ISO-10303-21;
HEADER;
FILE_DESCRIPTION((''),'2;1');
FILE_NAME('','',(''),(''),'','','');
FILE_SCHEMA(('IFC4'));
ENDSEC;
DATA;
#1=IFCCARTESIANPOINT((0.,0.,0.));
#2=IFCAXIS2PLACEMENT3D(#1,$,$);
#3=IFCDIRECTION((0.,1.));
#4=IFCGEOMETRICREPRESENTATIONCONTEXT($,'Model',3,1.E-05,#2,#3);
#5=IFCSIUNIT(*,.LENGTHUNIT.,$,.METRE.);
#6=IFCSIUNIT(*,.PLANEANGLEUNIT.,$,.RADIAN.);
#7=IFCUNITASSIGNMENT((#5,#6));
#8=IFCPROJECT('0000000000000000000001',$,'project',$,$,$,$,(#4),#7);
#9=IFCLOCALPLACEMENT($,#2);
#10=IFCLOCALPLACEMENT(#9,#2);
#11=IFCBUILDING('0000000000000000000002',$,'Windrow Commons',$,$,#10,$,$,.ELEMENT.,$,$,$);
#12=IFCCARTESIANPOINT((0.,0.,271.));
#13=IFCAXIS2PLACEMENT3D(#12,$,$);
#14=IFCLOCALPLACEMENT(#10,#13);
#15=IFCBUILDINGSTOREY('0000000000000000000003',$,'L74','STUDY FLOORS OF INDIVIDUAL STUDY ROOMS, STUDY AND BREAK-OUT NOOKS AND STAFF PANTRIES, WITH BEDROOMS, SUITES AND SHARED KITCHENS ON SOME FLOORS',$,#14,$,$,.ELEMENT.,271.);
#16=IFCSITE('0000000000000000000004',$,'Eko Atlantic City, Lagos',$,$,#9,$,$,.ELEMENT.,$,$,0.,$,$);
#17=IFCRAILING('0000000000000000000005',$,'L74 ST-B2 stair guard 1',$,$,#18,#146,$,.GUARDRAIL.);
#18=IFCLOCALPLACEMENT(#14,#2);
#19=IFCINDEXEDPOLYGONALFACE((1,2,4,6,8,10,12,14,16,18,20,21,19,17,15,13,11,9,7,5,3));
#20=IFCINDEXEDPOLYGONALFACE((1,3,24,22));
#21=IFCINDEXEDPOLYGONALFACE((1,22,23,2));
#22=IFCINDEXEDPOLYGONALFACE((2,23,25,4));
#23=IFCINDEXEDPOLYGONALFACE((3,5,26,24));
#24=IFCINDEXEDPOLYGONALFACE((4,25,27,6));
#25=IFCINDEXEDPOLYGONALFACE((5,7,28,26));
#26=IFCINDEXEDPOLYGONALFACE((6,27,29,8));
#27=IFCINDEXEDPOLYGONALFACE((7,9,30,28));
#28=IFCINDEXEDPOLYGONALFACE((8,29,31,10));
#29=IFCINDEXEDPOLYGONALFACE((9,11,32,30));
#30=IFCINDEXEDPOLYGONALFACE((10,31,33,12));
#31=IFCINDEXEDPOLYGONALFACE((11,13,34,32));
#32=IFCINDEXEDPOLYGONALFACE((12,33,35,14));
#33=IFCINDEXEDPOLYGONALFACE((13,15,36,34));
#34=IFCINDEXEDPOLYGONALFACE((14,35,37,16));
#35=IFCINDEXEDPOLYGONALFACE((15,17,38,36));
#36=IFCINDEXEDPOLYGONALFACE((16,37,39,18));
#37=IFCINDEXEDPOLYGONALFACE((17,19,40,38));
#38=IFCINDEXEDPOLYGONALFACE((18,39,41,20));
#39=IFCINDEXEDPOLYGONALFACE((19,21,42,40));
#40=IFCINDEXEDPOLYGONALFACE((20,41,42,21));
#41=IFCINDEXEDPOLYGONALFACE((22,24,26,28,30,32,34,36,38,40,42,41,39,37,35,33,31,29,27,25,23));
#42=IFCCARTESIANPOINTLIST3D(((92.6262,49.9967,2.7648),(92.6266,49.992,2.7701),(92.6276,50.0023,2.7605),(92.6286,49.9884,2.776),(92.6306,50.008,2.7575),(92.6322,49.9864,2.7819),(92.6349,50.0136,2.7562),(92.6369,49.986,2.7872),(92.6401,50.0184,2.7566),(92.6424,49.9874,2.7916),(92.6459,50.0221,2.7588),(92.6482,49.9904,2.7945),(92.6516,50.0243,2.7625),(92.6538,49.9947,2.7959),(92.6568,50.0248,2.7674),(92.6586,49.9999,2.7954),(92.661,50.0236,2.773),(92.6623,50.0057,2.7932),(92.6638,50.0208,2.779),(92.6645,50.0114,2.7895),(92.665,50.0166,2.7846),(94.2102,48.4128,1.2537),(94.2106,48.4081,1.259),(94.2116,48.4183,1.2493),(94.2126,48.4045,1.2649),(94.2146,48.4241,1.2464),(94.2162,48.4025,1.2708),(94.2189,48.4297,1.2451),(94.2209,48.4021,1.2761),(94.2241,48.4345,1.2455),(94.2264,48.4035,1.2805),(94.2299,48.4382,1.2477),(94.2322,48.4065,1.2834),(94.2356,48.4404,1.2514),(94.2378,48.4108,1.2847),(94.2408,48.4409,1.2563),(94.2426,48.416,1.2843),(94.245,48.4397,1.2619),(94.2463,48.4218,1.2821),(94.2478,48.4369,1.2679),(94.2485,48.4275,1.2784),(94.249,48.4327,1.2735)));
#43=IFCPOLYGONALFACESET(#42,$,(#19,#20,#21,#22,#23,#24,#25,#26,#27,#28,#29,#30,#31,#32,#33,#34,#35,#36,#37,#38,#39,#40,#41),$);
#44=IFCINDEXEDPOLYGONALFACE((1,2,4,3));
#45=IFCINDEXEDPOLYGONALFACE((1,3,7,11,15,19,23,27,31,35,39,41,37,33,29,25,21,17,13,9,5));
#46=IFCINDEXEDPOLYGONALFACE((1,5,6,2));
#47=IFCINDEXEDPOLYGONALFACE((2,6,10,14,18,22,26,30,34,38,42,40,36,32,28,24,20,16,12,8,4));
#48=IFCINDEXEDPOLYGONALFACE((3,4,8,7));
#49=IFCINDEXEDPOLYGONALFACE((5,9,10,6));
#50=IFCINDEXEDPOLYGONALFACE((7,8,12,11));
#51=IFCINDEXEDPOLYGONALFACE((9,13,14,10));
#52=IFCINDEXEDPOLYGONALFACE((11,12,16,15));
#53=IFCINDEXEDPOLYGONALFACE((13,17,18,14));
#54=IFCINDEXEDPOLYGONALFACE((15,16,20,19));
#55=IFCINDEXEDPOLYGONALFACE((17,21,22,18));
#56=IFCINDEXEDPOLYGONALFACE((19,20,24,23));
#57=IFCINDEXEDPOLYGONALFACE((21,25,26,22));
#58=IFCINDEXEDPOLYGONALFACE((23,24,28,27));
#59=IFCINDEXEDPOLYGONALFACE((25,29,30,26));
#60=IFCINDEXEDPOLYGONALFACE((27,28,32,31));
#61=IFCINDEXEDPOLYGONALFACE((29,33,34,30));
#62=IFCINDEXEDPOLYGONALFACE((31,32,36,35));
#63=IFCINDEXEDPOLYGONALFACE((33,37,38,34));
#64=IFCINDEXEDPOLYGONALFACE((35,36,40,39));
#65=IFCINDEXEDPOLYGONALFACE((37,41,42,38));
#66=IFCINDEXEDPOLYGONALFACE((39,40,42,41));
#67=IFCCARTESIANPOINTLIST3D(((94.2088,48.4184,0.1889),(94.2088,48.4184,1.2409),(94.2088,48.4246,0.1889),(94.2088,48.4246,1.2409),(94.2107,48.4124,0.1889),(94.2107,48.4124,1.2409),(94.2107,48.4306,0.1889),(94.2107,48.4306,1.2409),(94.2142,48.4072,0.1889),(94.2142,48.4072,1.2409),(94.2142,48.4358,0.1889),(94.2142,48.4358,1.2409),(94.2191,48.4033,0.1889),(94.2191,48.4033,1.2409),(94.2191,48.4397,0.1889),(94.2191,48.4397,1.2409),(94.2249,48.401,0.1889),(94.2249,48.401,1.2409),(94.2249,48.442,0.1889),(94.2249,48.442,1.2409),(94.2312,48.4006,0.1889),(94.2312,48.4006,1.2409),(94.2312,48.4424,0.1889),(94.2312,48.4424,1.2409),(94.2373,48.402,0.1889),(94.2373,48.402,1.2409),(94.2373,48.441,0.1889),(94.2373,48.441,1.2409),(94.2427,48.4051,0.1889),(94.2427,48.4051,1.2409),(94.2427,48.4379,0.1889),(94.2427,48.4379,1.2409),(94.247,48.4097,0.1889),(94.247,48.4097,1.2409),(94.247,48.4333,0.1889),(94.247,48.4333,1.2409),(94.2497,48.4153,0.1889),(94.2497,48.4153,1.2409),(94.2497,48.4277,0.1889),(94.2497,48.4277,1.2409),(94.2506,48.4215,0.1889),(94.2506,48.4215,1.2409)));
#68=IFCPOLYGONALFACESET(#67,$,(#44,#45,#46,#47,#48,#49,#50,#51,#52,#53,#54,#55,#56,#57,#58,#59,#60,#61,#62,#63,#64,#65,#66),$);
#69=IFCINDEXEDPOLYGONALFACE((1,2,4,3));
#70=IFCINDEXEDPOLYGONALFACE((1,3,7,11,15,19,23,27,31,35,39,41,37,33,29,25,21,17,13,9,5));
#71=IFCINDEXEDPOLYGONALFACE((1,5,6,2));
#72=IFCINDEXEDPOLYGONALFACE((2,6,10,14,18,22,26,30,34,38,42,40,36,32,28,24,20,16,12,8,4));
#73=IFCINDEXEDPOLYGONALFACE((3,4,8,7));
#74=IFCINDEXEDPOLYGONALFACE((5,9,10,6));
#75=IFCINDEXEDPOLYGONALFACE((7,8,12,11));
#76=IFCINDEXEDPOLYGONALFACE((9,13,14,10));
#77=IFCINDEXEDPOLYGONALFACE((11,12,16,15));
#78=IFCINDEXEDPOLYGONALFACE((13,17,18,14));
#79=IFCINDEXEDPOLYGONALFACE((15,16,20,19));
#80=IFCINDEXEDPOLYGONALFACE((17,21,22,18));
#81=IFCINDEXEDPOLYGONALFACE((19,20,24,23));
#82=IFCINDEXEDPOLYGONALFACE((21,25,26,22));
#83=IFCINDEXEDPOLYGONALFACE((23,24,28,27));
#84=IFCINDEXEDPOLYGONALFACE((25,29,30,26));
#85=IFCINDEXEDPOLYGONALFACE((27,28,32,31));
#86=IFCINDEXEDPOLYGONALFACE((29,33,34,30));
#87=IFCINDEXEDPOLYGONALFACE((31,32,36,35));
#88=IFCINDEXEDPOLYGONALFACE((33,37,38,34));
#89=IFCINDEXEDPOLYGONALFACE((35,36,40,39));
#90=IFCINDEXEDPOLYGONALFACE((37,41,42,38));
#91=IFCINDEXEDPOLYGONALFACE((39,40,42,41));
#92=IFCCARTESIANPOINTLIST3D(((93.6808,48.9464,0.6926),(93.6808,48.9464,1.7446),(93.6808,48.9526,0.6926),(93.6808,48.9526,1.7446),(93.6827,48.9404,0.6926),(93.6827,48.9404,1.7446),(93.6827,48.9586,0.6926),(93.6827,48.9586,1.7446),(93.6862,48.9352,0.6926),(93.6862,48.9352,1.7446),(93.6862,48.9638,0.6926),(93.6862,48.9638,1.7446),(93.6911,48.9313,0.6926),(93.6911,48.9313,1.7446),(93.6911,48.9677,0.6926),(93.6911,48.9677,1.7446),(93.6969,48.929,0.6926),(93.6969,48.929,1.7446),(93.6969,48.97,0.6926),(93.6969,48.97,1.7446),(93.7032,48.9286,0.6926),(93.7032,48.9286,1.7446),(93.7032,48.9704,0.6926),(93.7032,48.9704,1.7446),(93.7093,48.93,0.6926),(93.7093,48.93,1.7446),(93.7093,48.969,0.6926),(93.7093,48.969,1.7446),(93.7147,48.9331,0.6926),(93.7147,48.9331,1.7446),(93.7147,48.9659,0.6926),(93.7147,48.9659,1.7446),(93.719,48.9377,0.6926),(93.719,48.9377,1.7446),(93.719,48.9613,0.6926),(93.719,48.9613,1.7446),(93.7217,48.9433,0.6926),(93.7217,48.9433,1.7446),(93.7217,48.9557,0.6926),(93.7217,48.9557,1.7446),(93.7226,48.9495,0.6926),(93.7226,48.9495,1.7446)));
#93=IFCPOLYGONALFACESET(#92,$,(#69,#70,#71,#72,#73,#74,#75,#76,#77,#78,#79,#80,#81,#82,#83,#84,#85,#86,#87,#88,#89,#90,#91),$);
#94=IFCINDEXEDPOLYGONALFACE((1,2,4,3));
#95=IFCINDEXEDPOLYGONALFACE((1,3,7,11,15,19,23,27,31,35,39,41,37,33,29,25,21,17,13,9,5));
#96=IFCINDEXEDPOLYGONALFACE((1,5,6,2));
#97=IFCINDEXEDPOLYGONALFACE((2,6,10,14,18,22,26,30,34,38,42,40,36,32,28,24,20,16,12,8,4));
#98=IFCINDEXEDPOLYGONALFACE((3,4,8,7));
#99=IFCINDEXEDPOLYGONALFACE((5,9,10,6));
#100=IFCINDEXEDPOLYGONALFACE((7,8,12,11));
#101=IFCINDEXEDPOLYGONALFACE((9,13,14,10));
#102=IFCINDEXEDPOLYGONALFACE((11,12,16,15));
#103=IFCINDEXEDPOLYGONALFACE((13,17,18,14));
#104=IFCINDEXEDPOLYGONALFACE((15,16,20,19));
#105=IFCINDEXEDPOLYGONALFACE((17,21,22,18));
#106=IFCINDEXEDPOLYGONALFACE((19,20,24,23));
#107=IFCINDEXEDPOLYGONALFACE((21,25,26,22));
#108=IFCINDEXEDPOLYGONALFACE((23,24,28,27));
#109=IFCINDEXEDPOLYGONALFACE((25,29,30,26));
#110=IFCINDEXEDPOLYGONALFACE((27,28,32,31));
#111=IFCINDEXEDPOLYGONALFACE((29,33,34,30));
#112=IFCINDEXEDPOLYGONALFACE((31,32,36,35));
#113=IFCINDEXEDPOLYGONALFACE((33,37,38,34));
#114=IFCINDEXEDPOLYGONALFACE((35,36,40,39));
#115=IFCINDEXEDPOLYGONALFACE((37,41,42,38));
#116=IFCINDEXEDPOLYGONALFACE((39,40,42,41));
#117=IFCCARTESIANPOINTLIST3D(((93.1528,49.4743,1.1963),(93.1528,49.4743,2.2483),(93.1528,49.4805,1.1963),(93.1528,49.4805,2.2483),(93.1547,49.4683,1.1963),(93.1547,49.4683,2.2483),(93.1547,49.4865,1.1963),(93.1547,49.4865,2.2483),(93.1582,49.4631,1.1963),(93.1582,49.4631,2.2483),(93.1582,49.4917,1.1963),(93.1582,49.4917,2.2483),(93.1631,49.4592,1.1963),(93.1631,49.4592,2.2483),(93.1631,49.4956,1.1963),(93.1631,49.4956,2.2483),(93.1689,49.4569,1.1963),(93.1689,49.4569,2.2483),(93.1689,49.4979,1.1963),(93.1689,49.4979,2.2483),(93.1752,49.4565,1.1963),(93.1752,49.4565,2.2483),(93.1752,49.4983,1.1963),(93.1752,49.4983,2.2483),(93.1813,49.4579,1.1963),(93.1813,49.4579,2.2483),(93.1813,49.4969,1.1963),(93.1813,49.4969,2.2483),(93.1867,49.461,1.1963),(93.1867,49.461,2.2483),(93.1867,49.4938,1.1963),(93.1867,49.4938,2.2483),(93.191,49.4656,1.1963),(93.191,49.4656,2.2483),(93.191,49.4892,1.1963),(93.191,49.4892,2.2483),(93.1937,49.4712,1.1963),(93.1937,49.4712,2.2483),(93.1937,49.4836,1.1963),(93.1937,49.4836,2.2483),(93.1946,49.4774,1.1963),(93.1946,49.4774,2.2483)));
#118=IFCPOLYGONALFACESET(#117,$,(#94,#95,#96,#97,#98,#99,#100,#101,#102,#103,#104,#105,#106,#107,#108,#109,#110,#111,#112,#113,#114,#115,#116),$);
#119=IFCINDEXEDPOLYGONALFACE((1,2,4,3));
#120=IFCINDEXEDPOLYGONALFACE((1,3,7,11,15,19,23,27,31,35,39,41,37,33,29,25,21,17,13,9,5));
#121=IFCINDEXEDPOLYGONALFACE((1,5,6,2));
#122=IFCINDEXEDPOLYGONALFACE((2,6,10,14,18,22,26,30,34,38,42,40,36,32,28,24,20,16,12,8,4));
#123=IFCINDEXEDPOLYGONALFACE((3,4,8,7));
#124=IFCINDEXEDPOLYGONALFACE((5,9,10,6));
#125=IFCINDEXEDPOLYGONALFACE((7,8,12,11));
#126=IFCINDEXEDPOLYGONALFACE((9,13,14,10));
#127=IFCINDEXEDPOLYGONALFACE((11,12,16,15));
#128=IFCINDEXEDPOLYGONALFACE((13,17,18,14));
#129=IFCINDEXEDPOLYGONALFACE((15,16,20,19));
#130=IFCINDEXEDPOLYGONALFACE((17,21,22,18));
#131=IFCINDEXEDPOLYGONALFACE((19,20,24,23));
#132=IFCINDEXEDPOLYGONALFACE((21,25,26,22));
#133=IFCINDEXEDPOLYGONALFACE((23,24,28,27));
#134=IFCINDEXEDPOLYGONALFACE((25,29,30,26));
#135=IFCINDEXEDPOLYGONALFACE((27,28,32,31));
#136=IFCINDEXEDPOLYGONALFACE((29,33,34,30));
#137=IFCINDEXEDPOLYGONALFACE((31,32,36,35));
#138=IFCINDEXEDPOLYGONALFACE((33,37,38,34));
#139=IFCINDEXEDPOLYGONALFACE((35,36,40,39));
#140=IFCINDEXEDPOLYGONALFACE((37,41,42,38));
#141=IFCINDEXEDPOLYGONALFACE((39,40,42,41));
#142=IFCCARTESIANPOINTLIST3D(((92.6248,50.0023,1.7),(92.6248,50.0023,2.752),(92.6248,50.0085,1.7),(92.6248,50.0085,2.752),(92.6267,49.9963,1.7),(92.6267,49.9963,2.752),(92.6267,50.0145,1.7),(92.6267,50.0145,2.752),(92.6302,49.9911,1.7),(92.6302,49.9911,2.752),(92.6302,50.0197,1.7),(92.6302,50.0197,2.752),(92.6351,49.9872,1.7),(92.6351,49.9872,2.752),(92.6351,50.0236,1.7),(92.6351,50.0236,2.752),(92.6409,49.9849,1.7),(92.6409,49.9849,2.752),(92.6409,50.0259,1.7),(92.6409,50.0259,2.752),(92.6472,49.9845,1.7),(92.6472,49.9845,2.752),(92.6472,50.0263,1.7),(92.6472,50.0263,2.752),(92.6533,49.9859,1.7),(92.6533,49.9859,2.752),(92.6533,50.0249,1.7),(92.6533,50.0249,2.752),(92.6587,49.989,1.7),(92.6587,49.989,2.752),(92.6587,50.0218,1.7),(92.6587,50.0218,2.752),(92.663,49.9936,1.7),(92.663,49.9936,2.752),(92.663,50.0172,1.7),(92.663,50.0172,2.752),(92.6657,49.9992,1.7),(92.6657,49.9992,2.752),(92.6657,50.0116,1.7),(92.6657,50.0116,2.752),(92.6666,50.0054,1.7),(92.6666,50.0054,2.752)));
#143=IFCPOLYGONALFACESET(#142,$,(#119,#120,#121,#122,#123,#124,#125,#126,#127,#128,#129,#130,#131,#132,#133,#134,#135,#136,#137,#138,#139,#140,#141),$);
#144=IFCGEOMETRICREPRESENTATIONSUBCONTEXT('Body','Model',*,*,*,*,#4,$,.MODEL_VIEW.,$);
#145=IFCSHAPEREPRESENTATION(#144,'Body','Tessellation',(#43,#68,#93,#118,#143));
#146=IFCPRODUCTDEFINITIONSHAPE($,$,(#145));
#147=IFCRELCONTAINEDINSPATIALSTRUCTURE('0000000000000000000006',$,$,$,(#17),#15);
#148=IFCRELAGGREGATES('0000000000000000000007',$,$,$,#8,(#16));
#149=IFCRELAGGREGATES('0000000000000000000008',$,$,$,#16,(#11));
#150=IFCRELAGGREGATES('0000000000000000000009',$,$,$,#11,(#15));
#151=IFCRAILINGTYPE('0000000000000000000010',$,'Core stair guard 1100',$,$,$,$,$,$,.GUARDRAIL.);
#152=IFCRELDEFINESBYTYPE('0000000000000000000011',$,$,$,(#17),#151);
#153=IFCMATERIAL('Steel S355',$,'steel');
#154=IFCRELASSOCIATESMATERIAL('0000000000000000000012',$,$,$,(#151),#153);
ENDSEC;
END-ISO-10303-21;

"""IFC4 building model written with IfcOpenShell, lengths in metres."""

from ifc_helpers import new_model, si_unit, direction, frame, origin, origin_2d, place, context, subcontext, project, spatial, circle, extrude, material, type_object, element, save


model = new_model("IFC4")

# Units and contexts
model_context = context("Model", 3, precision=1e-05, world=origin(), true_north=direction((0.0, 1.0)))
body_context = subcontext(model_context, "Body", "Model", "MODEL_VIEW")
ifc_project = project(units=[si_unit("LENGTHUNIT", "METRE"), si_unit("PLANEANGLEUNIT", "RADIAN")], contexts=[model_context])

# Site, building, storey
site_placement = place(None, origin())
site = spatial("IfcSite", under=ifc_project, at=site_placement, Name="Eko Atlantic City, Lagos", CompositionType="ELEMENT", RefElevation=0.0)
building_placement = place(site_placement, origin())
building = spatial("IfcBuilding", under=site, at=building_placement, Name="Windrow Commons", CompositionType="ELEMENT")
storey_placement = place(building_placement, frame((0.0, 0.0, 271.0)))
storey = spatial("IfcBuildingStorey", under=building, at=storey_placement, Name="L74", Description="STUDY FLOORS OF INDIVIDUAL STUDY ROOMS, STUDY AND BREAK-OUT NOOKS AND STAFF PANTRIES, WITH BEDROOMS, SUITES AND SHARED KITCHENS ON SOME FLOORS", CompositionType="ELEMENT", Elevation=271.0)

# Railing
ifc_material_1 = material(Name="Steel S355", Category="steel")
railing_type_1 = type_object("IfcRailingType", Name="Core stair guard 1100", PredefinedType="GUARDRAIL", material=ifc_material_1)
railing_1_placement = place(storey_placement, frame((94.2296, 48.4215, 0.1889)))
element("IfcRailing", 1, at=railing_1_placement, inside=storey, type_object=railing_type_1, Name="L74 ST-B2 stair guard 1", PredefinedType="GUARDRAIL", context=body_context, shape_type="SweptSolid", body=[
    extrude(circle(Radius=0.024, at=origin_2d()), frame((0.0, 0.0, 1.076), z_axis=(-0.586216, 0.586179, 0.559237), x_axis=(-0.707084, -0.707129, 0.0)), (0.0, 0.0, 1.0), 2.7021),
    extrude(circle(Radius=0.021, at=origin_2d()), origin(), (0.0, 0.0, 1.0), 1.052),
    extrude(circle(Radius=0.021, at=origin_2d()), frame((-0.528, 0.528, 0.5037)), (0.0, 0.0, 1.0), 1.052),
    extrude(circle(Radius=0.021, at=origin_2d()), frame((-1.056, 1.0559, 1.0074)), (0.0, 0.0, 1.0), 1.052),
    extrude(circle(Radius=0.021, at=origin_2d()), frame((-1.584, 1.5839, 1.5111)), (0.0, 0.0, 1.0), 1.052),
])

save(model, "model.ifc")
